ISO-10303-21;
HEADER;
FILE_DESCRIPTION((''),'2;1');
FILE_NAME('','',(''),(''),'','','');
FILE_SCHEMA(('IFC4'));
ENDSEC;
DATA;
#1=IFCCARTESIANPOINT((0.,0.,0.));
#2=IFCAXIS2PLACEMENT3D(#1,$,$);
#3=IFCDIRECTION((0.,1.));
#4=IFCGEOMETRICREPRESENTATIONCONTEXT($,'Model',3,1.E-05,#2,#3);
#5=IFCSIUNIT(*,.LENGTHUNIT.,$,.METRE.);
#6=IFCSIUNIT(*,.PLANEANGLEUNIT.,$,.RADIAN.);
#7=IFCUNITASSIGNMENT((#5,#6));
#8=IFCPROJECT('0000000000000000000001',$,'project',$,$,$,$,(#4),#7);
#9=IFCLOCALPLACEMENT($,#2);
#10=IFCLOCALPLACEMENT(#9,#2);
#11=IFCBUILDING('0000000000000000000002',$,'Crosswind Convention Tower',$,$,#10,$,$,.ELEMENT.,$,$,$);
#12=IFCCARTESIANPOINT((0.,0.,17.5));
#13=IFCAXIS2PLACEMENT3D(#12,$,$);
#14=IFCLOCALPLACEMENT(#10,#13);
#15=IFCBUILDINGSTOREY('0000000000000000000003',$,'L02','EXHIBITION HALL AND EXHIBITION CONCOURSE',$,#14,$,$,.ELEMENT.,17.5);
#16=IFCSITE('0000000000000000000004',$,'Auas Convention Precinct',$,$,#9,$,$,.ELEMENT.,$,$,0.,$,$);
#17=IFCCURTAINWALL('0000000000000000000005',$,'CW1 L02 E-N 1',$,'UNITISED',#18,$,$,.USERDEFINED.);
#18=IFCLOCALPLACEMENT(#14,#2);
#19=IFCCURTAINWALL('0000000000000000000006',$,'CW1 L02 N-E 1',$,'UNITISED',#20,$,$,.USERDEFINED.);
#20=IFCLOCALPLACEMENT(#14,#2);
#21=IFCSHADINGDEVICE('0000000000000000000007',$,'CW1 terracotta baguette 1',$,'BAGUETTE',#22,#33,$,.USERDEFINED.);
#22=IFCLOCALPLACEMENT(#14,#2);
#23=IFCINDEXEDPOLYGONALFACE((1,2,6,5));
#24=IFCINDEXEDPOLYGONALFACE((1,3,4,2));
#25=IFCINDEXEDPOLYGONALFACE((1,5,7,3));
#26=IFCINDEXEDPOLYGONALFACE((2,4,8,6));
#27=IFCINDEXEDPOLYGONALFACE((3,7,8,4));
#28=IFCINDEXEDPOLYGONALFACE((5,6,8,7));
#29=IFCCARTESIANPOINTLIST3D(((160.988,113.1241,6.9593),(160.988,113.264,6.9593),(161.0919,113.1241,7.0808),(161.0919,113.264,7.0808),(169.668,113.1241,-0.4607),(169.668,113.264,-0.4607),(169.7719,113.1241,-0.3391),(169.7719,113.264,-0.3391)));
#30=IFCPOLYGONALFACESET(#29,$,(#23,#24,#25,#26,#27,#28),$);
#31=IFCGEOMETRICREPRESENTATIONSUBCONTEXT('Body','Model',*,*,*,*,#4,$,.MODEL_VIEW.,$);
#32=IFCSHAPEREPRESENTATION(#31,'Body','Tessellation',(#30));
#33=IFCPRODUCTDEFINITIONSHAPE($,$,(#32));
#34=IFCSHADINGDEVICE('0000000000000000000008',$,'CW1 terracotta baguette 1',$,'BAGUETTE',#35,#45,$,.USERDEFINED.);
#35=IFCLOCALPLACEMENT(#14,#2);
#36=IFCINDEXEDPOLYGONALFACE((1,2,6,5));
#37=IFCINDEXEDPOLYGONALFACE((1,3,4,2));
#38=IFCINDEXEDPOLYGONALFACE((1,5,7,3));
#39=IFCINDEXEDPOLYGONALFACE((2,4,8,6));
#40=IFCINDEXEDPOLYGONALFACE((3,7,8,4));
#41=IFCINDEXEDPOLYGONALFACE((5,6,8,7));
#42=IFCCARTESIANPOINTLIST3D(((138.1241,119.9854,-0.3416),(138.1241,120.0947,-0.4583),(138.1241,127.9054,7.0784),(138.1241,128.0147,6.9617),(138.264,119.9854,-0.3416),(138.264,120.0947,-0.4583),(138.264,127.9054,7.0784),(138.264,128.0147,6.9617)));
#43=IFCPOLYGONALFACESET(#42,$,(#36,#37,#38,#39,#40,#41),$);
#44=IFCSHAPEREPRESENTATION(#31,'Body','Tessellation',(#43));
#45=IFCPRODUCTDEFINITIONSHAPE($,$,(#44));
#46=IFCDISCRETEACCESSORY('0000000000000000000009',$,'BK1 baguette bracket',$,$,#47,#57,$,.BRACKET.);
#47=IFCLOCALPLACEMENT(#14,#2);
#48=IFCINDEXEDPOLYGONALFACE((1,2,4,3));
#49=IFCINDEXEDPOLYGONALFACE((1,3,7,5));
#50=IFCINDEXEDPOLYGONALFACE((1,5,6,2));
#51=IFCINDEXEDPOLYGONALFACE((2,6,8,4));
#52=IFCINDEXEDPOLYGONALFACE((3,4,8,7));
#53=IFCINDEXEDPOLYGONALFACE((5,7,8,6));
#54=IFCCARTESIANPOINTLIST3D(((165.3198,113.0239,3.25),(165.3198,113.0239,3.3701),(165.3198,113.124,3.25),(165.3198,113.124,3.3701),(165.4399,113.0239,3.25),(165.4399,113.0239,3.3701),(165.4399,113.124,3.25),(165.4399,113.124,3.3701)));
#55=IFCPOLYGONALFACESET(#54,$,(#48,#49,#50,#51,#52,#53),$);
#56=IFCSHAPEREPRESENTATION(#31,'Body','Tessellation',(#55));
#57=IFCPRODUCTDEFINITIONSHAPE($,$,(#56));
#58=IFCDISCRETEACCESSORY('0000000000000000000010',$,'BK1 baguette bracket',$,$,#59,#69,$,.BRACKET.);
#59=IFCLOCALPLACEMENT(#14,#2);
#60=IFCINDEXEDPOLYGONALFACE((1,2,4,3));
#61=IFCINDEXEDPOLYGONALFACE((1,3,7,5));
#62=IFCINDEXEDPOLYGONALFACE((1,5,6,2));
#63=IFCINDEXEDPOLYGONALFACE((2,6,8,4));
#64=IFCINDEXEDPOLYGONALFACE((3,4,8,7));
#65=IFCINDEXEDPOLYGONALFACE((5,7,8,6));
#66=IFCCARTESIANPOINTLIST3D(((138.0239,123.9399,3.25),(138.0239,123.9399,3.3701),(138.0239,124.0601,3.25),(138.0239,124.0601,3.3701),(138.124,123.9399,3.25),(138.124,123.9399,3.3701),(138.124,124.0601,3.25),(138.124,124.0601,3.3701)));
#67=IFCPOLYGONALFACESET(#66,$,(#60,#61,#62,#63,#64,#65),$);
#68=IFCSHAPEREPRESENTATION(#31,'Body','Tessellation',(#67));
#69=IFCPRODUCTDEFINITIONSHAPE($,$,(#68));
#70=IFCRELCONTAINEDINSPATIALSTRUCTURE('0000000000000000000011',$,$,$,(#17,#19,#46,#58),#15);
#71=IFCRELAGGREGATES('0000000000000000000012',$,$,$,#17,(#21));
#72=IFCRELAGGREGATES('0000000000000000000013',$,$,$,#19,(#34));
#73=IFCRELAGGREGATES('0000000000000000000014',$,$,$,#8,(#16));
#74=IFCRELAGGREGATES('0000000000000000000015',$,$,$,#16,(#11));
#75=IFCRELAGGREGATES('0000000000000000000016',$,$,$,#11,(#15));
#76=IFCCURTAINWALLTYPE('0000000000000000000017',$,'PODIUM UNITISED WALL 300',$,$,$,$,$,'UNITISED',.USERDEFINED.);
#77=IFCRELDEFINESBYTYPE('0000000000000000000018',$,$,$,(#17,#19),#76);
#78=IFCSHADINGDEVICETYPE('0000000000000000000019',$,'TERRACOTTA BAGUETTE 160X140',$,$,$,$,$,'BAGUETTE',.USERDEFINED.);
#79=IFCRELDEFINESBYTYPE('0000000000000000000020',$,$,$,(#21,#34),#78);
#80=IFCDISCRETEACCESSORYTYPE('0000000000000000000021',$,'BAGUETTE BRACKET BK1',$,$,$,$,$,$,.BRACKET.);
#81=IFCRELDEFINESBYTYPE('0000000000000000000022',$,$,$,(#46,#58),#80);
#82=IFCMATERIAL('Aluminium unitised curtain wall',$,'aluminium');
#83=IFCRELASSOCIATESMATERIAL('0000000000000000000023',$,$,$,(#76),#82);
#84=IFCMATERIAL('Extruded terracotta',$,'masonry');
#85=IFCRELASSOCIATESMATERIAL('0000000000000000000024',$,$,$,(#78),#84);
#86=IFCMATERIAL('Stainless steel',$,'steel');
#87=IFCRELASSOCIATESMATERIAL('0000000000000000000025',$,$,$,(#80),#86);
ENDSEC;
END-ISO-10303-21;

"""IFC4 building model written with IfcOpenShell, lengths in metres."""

from ifc_helpers import new_model, si_unit, direction, frame, origin, origin_2d, place, context, subcontext, project, spatial, rectangle, extrude, material, material_profile, profile_set, type_object, element, aggregate, save


model = new_model("IFC4")

# Units and contexts
model_context = context("Model", 3, precision=1e-05, world=origin(), true_north=direction((0.0, 1.0)))
body_context = subcontext(model_context, "Body", "Model", "MODEL_VIEW")
ifc_project = project(units=[si_unit("LENGTHUNIT", "METRE"), si_unit("PLANEANGLEUNIT", "RADIAN")], contexts=[model_context])

# Site, building, storey
site_placement = place(None, origin())
site = spatial("IfcSite", under=ifc_project, at=site_placement, Name="Auas Convention Precinct", CompositionType="ELEMENT", RefElevation=0.0)
building_placement = place(site_placement, origin())
building = spatial("IfcBuilding", under=site, at=building_placement, Name="Crosswind Convention Tower", CompositionType="ELEMENT")
storey_placement = place(building_placement, frame((0.0, 0.0, 17.5)))
storey = spatial("IfcBuildingStorey", under=building, at=storey_placement, Name="L02", Description="EXHIBITION HALL AND EXHIBITION CONCOURSE", CompositionType="ELEMENT", Elevation=17.5)

# Curtain walls
ifc_material_1 = material(Name="Aluminium unitised curtain wall", Category="aluminium")
curtain_wall_type_1 = type_object("IfcCurtainWallType", Name="PODIUM UNITISED WALL 300", ElementType="UNITISED", PredefinedType="USERDEFINED", material=ifc_material_1)
curtain_wall_1_placement = place(storey_placement, origin())
curtain_wall_1 = element("IfcCurtainWall", 1, at=curtain_wall_1_placement, inside=storey, type_object=curtain_wall_type_1, Name="CW1 L02 E-N 1", ObjectType="UNITISED", PredefinedType="USERDEFINED")
curtain_wall_2_placement = place(storey_placement, origin())
curtain_wall_2 = element("IfcCurtainWall", 2, at=curtain_wall_2_placement, inside=storey, type_object=curtain_wall_type_1, Name="CW1 L02 N-E 1", ObjectType="UNITISED", PredefinedType="USERDEFINED")

# Shared definitions
ifc_material_2 = material(Name="Stainless steel", Category="steel")

# Shading devices
ifc_material_3 = material(Name="Extruded terracotta", Category="masonry")
ifc_material_profile_1 = material_profile(ifc_material_3, rectangle(XDim=0.1399, YDim=0.1599, at=origin_2d()), Name="TC 140X160")
ifc_profile_set_1 = profile_set([ifc_material_profile_1], Name="Extruded terracotta")
shading_device_type = type_object("IfcShadingDeviceType", Name="TERRACOTTA BAGUETTE 160X140", ElementType="BAGUETTE", PredefinedType="USERDEFINED", material=ifc_profile_set_1)
shading_device_1_placement = place(storey_placement, frame((169.72, 113.1941, -0.3999), z_axis=(-0.760122, 0.0, 0.64978), x_axis=(0.0, -1.0, 0.0)))
shading_device_1 = element("IfcShadingDevice", 3, at=shading_device_1_placement, type_object=shading_device_type, Name="CW1 terracotta baguette 1", ObjectType="BAGUETTE", PredefinedType="USERDEFINED", context=body_context, shape_type="SweptSolid", body=[
    extrude(rectangle(XDim=0.1399, YDim=0.1599, at=origin_2d()), origin(), (0.0, 0.0, 1.0), 11.4192),
])
aggregate(curtain_wall_1, [shading_device_1])
shading_device_2_placement = place(storey_placement, frame((138.1941, 120.04, -0.3999), z_axis=(0.0, 0.729767, 0.683696), x_axis=(-1.0, 0.0, 0.0)))
shading_device_2 = element("IfcShadingDevice", 4, at=shading_device_2_placement, type_object=shading_device_type, Name="CW1 terracotta baguette 1", ObjectType="BAGUETTE", PredefinedType="USERDEFINED", context=body_context, shape_type="SweptSolid", body=[
    extrude(rectangle(XDim=0.1399, YDim=0.1599, at=origin_2d()), origin(), (0.0, 0.0, 1.0), 10.8528),
])
aggregate(curtain_wall_2, [shading_device_2])

# Discrete accessories
discrete_accessory_type = type_object("IfcDiscreteAccessoryType", Name="BAGUETTE BRACKET BK1", PredefinedType="BRACKET", material=ifc_material_2)
for number, where, z_axis, x_axis, name in (
    (5, (165.3799, 113.074, 3.25), (0.0, 0.0, 1.0), (-1.0, 0.0, 0.0), "BK1 baguette bracket"),
    (6, (138.074, 124.0, 3.25), (0.0, 0.0, 1.0), (0.0, 1.0, 0.0), "BK1 baguette bracket"),
):
    element("IfcDiscreteAccessory", number, at=place(storey_placement, frame(where, z_axis=z_axis, x_axis=x_axis)), inside=storey, type_object=discrete_accessory_type, Name=name, PredefinedType="BRACKET", context=body_context, shape_type="SweptSolid", body=[
        extrude(rectangle(XDim=0.1201, YDim=0.1001, at=origin_2d()), origin(), (0.0, 0.0, 1.0), 0.1201),
    ])

save(model, "model.ifc")
